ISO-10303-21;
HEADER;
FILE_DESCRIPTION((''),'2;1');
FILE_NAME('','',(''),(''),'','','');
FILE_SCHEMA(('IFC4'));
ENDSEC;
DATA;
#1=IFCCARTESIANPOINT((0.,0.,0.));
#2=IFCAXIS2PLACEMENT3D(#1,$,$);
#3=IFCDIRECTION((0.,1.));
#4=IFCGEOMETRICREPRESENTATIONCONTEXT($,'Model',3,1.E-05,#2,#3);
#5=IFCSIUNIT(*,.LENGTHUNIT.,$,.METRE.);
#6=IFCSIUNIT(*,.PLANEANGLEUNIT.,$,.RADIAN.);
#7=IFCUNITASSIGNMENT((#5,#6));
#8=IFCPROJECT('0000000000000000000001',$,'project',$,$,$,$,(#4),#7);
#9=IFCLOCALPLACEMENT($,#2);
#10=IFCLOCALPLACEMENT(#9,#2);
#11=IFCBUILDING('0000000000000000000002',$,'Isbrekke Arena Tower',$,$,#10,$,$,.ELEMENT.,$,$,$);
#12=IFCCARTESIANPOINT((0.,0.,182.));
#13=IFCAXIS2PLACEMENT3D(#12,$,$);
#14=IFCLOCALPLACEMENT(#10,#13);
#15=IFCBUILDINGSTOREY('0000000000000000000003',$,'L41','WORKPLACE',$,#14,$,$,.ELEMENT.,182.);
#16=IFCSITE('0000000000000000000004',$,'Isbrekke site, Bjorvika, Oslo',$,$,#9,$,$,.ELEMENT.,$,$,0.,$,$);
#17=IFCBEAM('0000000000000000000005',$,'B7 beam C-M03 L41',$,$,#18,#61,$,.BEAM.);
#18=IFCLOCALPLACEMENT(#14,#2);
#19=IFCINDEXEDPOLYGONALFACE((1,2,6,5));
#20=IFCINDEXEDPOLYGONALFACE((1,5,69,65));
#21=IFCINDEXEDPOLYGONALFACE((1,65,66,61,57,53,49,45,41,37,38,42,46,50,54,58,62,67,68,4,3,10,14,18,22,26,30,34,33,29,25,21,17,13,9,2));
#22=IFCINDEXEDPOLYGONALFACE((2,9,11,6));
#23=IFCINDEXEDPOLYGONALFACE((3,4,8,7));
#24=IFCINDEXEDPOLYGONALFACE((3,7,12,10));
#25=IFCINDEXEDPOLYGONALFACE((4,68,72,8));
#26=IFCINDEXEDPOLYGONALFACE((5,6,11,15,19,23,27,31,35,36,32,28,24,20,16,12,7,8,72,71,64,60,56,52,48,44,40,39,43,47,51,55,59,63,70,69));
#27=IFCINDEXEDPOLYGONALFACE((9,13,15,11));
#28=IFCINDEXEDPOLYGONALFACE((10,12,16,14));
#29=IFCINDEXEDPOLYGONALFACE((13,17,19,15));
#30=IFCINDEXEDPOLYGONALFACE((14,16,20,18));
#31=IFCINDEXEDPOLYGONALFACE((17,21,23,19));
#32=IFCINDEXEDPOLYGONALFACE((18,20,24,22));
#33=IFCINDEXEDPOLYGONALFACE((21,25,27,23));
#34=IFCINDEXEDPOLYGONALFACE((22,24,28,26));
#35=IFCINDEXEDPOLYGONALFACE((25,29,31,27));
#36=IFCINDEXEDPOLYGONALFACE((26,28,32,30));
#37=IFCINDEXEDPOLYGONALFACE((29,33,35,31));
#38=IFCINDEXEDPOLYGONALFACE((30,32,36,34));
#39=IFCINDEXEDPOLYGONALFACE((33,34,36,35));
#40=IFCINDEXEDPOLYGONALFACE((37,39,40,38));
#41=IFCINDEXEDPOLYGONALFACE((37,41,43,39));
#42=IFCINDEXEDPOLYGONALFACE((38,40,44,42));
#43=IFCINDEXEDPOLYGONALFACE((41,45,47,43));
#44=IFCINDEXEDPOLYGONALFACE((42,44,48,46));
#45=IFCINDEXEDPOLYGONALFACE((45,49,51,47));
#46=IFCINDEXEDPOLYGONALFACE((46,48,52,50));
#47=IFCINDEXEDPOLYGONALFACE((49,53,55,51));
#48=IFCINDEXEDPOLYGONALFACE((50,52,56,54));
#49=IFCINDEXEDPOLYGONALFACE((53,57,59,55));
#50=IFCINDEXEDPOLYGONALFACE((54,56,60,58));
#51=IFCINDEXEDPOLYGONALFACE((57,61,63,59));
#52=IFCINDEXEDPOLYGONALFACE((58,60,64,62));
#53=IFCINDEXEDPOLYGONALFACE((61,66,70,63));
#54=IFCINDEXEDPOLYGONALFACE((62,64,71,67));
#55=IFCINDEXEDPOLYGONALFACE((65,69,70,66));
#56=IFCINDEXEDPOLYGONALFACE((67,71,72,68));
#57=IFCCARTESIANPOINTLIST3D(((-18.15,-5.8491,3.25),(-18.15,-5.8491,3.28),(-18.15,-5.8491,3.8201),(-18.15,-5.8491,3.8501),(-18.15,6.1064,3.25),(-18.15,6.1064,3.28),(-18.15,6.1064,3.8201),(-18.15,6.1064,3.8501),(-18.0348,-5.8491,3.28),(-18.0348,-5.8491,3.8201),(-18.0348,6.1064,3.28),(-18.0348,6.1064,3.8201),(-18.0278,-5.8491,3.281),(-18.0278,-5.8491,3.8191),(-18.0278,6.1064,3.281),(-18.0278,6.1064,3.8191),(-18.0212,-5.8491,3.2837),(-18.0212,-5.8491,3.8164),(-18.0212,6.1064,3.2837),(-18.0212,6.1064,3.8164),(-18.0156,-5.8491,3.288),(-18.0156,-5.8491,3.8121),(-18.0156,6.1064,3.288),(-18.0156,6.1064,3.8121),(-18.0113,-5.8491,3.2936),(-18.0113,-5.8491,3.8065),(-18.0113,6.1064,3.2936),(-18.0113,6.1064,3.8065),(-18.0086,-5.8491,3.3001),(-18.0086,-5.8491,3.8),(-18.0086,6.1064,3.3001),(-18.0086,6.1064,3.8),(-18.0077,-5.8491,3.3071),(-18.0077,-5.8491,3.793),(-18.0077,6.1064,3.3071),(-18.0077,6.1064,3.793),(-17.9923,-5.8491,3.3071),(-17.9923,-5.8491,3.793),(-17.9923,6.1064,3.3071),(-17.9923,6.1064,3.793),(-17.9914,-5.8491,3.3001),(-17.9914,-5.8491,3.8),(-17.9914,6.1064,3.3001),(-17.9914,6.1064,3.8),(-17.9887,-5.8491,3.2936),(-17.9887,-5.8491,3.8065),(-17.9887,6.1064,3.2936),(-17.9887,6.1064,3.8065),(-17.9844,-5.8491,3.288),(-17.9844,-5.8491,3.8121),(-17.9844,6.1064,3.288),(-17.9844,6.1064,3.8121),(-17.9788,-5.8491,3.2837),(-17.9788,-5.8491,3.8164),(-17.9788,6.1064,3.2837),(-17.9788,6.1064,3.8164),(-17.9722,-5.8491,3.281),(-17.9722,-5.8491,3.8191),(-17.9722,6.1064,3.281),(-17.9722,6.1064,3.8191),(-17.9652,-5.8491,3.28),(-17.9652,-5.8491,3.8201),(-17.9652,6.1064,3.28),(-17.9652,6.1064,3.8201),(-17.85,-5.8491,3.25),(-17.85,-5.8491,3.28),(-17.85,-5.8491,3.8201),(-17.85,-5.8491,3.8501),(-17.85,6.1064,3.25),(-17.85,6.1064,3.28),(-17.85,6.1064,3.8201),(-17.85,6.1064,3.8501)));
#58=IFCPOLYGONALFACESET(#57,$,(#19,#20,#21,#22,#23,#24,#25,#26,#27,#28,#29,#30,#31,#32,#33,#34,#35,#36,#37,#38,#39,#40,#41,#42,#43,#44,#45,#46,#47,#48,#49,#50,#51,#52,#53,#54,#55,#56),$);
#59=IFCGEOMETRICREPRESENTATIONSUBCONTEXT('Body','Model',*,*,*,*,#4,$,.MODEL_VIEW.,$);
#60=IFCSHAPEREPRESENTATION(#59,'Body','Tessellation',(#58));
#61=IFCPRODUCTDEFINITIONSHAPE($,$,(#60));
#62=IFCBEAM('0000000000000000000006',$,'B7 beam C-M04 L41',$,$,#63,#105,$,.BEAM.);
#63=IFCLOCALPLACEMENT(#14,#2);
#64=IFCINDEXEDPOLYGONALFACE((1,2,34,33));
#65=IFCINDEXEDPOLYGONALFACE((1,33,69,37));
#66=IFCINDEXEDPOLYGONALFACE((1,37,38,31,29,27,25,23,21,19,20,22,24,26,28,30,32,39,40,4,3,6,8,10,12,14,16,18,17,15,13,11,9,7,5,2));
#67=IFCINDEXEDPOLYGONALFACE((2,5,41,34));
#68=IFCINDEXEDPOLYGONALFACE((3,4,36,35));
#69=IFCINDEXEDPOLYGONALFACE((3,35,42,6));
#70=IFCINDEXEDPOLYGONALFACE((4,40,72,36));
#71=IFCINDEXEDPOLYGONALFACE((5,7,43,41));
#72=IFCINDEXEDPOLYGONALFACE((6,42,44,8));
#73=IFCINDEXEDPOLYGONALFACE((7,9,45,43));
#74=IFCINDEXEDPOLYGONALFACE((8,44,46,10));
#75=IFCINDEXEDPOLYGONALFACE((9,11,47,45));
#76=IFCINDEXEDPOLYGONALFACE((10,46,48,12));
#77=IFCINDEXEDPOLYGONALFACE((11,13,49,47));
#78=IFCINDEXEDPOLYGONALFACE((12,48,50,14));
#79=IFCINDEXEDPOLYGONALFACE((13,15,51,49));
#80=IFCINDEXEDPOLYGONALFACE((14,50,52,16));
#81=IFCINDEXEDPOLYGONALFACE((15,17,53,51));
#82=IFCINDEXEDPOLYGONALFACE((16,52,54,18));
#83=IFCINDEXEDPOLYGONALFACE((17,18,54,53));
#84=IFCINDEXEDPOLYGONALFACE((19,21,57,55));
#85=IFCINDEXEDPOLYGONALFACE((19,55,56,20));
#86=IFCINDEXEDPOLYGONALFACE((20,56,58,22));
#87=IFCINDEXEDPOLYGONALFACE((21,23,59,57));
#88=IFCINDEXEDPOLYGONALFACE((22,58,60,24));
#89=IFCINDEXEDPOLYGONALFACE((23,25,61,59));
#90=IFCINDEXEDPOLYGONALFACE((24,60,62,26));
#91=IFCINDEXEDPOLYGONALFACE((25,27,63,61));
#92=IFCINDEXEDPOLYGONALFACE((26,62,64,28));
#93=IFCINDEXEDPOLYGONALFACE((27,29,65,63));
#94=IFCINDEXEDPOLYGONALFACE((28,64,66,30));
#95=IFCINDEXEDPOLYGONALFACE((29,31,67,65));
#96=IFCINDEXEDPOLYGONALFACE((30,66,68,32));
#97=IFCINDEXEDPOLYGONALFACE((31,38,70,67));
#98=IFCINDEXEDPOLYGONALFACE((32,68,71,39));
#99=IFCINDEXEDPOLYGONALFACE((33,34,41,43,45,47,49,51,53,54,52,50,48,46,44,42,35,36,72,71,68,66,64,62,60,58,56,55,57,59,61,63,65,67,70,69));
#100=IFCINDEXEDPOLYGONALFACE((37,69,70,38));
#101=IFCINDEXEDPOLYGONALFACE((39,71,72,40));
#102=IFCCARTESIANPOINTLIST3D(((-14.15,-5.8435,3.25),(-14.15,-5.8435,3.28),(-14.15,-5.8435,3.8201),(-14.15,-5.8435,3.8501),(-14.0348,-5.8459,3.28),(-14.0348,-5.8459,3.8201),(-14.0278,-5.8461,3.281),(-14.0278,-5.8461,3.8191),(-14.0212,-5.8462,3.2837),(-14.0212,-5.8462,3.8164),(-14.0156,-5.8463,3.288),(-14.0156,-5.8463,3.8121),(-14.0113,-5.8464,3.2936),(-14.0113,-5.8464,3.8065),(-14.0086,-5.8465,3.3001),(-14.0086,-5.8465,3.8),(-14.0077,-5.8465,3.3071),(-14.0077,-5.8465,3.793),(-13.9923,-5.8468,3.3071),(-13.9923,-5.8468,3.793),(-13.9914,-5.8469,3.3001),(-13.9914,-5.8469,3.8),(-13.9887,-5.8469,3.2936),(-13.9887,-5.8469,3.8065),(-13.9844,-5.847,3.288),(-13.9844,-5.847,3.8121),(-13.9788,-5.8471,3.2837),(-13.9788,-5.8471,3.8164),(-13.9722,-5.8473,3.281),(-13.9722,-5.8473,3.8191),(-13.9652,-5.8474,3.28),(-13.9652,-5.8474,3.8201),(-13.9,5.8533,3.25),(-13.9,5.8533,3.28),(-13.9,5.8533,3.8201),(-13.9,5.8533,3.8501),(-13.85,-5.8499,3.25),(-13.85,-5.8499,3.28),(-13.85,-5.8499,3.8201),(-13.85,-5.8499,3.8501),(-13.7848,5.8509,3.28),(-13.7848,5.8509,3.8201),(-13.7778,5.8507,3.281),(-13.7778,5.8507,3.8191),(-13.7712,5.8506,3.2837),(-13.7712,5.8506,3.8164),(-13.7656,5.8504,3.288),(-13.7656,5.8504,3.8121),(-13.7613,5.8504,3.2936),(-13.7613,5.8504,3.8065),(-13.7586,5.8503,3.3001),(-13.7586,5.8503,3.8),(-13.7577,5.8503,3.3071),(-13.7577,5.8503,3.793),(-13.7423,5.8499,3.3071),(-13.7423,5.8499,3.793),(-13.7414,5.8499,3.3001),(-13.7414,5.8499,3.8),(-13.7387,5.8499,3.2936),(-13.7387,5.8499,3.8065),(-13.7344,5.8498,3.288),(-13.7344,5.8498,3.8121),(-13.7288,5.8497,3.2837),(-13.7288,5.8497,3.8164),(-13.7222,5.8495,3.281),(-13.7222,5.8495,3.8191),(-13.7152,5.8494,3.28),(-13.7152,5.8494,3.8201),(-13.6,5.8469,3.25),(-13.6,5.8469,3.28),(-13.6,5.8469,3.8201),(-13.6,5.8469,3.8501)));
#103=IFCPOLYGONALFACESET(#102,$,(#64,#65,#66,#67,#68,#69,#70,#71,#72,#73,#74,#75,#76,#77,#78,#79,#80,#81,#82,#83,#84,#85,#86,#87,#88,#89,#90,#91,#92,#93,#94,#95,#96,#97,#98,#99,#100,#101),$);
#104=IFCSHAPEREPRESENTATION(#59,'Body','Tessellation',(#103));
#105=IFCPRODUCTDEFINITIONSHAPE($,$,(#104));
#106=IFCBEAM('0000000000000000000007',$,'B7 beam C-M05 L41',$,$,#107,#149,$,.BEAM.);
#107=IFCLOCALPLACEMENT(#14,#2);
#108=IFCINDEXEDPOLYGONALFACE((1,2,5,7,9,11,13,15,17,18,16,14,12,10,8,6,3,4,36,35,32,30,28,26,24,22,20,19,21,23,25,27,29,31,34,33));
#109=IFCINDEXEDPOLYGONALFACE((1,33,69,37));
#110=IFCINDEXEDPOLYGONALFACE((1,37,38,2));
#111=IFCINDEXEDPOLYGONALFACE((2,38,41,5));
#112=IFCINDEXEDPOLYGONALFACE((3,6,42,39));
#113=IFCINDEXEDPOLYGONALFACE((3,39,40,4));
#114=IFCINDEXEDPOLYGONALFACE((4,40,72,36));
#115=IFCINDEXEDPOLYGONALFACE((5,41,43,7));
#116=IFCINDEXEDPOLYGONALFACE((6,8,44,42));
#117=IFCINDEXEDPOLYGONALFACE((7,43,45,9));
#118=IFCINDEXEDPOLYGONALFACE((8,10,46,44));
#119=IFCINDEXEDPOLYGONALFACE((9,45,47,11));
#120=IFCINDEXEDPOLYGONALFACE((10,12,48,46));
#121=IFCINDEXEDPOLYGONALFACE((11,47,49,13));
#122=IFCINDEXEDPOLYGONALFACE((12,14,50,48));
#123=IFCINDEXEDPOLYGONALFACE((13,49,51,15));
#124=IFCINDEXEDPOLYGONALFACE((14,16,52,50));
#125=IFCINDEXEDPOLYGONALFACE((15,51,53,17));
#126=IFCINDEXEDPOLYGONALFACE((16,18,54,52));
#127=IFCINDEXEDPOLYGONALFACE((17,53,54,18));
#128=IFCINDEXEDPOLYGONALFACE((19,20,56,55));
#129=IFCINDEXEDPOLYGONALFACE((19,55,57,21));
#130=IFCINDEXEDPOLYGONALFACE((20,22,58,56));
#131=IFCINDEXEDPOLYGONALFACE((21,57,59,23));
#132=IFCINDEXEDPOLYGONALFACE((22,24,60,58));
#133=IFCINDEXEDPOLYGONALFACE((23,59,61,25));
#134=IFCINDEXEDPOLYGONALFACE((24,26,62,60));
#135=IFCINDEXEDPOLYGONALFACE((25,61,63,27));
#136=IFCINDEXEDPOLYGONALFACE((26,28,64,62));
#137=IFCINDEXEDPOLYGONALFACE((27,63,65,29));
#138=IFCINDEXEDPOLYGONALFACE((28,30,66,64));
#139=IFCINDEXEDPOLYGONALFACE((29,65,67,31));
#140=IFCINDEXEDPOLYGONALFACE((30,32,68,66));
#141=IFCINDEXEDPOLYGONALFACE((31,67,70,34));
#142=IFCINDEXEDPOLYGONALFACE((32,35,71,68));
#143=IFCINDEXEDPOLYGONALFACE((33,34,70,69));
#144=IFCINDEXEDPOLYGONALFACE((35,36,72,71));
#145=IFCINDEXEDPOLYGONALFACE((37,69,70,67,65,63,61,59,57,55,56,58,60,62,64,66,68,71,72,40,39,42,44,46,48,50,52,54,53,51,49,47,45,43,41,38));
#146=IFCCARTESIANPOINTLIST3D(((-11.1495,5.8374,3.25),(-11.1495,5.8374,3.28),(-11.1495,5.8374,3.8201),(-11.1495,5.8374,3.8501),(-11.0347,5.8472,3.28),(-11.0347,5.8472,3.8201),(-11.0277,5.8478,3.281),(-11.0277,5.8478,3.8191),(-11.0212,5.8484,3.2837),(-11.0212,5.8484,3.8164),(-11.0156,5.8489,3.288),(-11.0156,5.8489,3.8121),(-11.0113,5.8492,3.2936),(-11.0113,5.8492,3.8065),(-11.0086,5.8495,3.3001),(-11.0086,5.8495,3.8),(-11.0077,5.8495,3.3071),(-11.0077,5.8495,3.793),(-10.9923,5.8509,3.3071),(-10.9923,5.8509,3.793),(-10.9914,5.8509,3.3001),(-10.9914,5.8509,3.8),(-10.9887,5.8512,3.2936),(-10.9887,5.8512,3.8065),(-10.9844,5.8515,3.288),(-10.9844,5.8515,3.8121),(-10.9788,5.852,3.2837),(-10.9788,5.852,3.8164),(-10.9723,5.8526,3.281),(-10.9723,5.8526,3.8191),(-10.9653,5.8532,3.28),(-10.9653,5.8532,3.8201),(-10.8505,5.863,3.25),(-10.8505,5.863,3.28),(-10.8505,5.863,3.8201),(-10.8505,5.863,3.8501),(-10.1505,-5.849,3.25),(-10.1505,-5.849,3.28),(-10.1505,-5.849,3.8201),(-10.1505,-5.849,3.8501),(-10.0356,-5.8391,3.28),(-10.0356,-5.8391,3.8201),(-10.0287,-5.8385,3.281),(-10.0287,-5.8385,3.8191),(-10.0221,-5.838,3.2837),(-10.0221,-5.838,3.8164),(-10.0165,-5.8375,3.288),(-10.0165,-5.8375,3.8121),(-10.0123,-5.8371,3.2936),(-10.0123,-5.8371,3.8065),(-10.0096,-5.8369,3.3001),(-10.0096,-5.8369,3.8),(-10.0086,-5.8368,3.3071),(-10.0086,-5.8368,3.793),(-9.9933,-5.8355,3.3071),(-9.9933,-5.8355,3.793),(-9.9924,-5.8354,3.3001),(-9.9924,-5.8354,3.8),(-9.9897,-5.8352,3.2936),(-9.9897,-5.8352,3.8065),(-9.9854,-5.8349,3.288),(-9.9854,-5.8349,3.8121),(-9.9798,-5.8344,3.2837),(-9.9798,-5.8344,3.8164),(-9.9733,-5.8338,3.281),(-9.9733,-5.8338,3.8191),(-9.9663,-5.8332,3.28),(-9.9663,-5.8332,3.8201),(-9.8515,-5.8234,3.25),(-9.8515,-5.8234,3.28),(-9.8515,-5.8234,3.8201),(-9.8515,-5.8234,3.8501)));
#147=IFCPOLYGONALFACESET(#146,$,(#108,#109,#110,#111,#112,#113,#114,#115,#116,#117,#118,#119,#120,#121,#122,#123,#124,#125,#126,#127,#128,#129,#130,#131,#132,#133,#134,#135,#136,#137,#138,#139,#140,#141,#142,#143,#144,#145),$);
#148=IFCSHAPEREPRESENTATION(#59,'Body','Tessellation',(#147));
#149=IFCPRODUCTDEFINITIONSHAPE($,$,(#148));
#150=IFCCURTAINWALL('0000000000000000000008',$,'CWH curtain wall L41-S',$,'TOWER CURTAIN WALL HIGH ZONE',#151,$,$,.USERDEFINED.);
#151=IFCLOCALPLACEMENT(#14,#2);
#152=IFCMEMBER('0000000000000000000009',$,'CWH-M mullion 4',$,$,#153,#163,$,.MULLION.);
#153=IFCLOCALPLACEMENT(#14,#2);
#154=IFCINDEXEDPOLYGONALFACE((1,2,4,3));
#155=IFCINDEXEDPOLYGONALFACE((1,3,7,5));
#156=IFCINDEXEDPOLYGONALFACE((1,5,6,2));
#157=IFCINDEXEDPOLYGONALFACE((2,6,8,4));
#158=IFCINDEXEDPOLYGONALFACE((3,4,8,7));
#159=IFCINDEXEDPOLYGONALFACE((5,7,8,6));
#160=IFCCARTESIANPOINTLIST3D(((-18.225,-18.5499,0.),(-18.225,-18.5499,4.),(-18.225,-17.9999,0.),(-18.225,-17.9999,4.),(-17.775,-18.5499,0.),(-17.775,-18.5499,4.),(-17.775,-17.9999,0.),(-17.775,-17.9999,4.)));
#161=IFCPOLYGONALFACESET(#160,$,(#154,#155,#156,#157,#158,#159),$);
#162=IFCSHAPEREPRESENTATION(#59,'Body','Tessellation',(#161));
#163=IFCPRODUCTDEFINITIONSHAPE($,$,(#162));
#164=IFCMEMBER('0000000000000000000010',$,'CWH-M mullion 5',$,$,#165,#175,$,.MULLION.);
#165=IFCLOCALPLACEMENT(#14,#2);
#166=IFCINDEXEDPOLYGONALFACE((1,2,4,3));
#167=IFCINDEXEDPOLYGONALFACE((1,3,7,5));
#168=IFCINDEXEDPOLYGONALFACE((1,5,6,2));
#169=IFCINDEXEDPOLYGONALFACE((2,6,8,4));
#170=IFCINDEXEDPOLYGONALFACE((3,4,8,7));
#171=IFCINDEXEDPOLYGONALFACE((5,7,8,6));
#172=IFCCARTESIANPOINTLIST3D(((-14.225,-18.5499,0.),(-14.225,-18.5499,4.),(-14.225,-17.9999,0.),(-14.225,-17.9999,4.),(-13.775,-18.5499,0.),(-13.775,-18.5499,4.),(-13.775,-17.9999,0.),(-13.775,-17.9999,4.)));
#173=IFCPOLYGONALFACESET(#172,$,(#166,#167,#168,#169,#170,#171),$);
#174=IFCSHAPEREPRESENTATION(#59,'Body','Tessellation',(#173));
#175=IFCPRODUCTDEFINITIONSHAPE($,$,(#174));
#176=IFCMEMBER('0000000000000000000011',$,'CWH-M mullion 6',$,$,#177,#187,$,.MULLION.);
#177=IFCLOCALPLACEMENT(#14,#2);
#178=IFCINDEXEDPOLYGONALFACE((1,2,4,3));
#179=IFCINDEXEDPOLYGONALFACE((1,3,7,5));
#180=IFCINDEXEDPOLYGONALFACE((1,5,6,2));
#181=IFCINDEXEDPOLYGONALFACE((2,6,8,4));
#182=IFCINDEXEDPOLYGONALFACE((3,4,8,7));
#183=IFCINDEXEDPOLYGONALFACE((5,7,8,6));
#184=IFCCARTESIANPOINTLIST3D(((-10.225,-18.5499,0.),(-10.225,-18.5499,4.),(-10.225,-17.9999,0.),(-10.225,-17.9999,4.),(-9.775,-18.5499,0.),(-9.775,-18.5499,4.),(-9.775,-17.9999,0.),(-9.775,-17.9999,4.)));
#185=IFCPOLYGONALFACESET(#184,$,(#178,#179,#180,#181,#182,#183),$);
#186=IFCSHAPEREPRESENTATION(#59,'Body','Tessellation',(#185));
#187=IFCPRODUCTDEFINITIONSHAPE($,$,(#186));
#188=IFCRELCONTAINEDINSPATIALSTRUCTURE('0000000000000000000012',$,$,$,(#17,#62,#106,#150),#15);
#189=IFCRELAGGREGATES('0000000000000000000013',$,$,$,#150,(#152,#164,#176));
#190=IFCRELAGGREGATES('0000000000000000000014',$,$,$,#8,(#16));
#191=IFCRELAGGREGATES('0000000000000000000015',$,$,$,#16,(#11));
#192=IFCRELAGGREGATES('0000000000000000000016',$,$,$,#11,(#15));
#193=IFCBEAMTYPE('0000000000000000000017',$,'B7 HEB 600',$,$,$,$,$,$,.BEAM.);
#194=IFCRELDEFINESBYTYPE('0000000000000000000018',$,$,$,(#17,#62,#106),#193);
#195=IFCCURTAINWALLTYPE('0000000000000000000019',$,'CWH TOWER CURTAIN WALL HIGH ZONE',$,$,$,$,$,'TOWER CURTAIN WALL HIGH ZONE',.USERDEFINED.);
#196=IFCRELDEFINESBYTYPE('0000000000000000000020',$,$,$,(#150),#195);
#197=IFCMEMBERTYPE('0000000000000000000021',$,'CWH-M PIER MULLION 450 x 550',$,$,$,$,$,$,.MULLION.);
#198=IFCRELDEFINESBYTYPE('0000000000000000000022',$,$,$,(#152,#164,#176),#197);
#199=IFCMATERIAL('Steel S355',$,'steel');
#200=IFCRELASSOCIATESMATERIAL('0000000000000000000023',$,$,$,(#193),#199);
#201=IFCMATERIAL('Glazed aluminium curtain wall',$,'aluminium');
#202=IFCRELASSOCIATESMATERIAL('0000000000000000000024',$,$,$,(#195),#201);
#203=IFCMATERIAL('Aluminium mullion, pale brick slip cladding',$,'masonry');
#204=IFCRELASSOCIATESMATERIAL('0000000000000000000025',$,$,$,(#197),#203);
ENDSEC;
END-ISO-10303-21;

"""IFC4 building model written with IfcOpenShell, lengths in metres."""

from ifc_helpers import new_model, si_unit, direction, frame, origin, origin_2d, place, context, subcontext, project, spatial, rectangle, i_section, extrude, material, material_profile, profile_set, type_object, element, aggregate, save


model = new_model("IFC4")

# Units and contexts
model_context = context("Model", 3, precision=1e-05, world=origin(), true_north=direction((0.0, 1.0)))
body_context = subcontext(model_context, "Body", "Model", "MODEL_VIEW")
ifc_project = project(units=[si_unit("LENGTHUNIT", "METRE"), si_unit("PLANEANGLEUNIT", "RADIAN")], contexts=[model_context])

# Site, building, storey
site_placement = place(None, origin())
site = spatial("IfcSite", under=ifc_project, at=site_placement, Name="Isbrekke site, Bjorvika, Oslo", CompositionType="ELEMENT", RefElevation=0.0)
building_placement = place(site_placement, origin())
building = spatial("IfcBuilding", under=site, at=building_placement, Name="Isbrekke Arena Tower", CompositionType="ELEMENT")
storey_placement = place(building_placement, frame((0.0, 0.0, 182.0)))
storey = spatial("IfcBuildingStorey", under=building, at=storey_placement, Name="L41", Description="WORKPLACE", CompositionType="ELEMENT", Elevation=182.0)

# Beams
ifc_material_1 = material(Name="Steel S355", Category="steel")
ifc_material_profile_1 = material_profile(ifc_material_1, i_section(OverallWidth=0.3, OverallDepth=0.6001, WebThickness=0.0154, FlangeThickness=0.03, FilletRadius=0.0271, at=origin_2d()), Name="HEB 600")
ifc_profile_set_1 = profile_set([ifc_material_profile_1], Name="Steel S355")
beam_type_1 = type_object("IfcBeamType", Name="B7 HEB 600", PredefinedType="BEAM", material=ifc_profile_set_1)
beam_1_placement = place(storey_placement, frame((-18.0, -5.8491, 3.55), z_axis=(0.0, 1.0, 0.0), x_axis=(-1.0, 0.0, 0.0)))
element("IfcBeam", 1, at=beam_1_placement, inside=storey, type_object=beam_type_1, Name="B7 beam C-M03 L41", PredefinedType="BEAM", context=body_context, shape_type="SweptSolid", body=[
    extrude(i_section(OverallWidth=0.3, OverallDepth=0.6001, WebThickness=0.0154, FlangeThickness=0.03, FilletRadius=0.0271, at=origin_2d()), origin(), (0.0, 0.0, 1.0), 11.9556),
])
beam_2_placement = place(storey_placement, frame((-14.0, -5.8467, 3.55), z_axis=(0.021369, 0.999772, 0.0), x_axis=(-0.999772, 0.021369, 0.0)))
element("IfcBeam", 2, at=beam_2_placement, inside=storey, type_object=beam_type_1, Name="B7 beam C-M04 L41", PredefinedType="BEAM", context=body_context, shape_type="SweptSolid", body=[
    extrude(i_section(OverallWidth=0.3, OverallDepth=0.6001, WebThickness=0.0154, FlangeThickness=0.03, FilletRadius=0.0271, at=origin_2d()), origin(), (0.0, 0.0, 1.0), 11.6995),
])
beam_3_placement = place(storey_placement, frame((-10.001, -5.8362, 3.55), z_axis=(-0.085176, 0.996366, 0.0), x_axis=(-0.996366, -0.085176, 0.0)))
element("IfcBeam", 3, at=beam_3_placement, inside=storey, type_object=beam_type_1, Name="B7 beam C-M05 L41", PredefinedType="BEAM", context=body_context, shape_type="SweptSolid", body=[
    extrude(i_section(OverallWidth=0.3, OverallDepth=0.6001, WebThickness=0.0154, FlangeThickness=0.03, FilletRadius=0.0271, at=origin_2d()), origin(), (0.0, 0.0, 1.0), 11.729),
])

# Curtain wall, members
ifc_material_2 = material(Name="Glazed aluminium curtain wall", Category="aluminium")
curtain_wall_type = type_object("IfcCurtainWallType", Name="CWH TOWER CURTAIN WALL HIGH ZONE", ElementType="TOWER CURTAIN WALL HIGH ZONE", PredefinedType="USERDEFINED", material=ifc_material_2)
curtain_wall_placement = place(storey_placement, origin())
curtain_wall = element("IfcCurtainWall", 4, at=curtain_wall_placement, inside=storey, type_object=curtain_wall_type, Name="CWH curtain wall L41-S", ObjectType="TOWER CURTAIN WALL HIGH ZONE", PredefinedType="USERDEFINED")
ifc_material_3 = material(Name="Aluminium mullion, pale brick slip cladding", Category="masonry")
ifc_material_profile_2 = material_profile(ifc_material_3, rectangle(XDim=0.45, YDim=0.55, at=origin_2d()), Name="PIER 450X550")
ifc_profile_set_2 = profile_set([ifc_material_profile_2], Name="Aluminium mullion, pale brick slip cladding")
member_type_1 = type_object("IfcMemberType", Name="CWH-M PIER MULLION 450 x 550", PredefinedType="MULLION", material=ifc_profile_set_2)
member_1_placement = place(storey_placement, frame((-18.0, -18.2749, 0.0), z_axis=(0.0, 0.0, 1.0), x_axis=(1.0, 0.0, 0.0)))
member_1 = element("IfcMember", 5, at=member_1_placement, type_object=member_type_1, Name="CWH-M mullion 4", PredefinedType="MULLION", context=body_context, shape_type="SweptSolid", body=[
    extrude(rectangle(XDim=0.45, YDim=0.55, at=origin_2d()), origin(), (0.0, 0.0, 1.0), 4.0),
])
member_2_placement = place(storey_placement, frame((-14.0, -18.2749, 0.0), z_axis=(0.0, 0.0, 1.0), x_axis=(1.0, 0.0, 0.0)))
member_2 = element("IfcMember", 6, at=member_2_placement, type_object=member_type_1, Name="CWH-M mullion 5", PredefinedType="MULLION", context=body_context, shape_type="SweptSolid", body=[
    extrude(rectangle(XDim=0.45, YDim=0.55, at=origin_2d()), origin(), (0.0, 0.0, 1.0), 4.0),
])
member_3_placement = place(storey_placement, frame((-10.0, -18.2749, 0.0), z_axis=(0.0, 0.0, 1.0), x_axis=(1.0, 0.0, 0.0)))
member_3 = element("IfcMember", 7, at=member_3_placement, type_object=member_type_1, Name="CWH-M mullion 6", PredefinedType="MULLION", context=body_context, shape_type="SweptSolid", body=[
    extrude(rectangle(XDim=0.45, YDim=0.55, at=origin_2d()), origin(), (0.0, 0.0, 1.0), 4.0),
])

aggregate(curtain_wall, [member_1, member_2, member_3])

save(model, "model.ifc")
